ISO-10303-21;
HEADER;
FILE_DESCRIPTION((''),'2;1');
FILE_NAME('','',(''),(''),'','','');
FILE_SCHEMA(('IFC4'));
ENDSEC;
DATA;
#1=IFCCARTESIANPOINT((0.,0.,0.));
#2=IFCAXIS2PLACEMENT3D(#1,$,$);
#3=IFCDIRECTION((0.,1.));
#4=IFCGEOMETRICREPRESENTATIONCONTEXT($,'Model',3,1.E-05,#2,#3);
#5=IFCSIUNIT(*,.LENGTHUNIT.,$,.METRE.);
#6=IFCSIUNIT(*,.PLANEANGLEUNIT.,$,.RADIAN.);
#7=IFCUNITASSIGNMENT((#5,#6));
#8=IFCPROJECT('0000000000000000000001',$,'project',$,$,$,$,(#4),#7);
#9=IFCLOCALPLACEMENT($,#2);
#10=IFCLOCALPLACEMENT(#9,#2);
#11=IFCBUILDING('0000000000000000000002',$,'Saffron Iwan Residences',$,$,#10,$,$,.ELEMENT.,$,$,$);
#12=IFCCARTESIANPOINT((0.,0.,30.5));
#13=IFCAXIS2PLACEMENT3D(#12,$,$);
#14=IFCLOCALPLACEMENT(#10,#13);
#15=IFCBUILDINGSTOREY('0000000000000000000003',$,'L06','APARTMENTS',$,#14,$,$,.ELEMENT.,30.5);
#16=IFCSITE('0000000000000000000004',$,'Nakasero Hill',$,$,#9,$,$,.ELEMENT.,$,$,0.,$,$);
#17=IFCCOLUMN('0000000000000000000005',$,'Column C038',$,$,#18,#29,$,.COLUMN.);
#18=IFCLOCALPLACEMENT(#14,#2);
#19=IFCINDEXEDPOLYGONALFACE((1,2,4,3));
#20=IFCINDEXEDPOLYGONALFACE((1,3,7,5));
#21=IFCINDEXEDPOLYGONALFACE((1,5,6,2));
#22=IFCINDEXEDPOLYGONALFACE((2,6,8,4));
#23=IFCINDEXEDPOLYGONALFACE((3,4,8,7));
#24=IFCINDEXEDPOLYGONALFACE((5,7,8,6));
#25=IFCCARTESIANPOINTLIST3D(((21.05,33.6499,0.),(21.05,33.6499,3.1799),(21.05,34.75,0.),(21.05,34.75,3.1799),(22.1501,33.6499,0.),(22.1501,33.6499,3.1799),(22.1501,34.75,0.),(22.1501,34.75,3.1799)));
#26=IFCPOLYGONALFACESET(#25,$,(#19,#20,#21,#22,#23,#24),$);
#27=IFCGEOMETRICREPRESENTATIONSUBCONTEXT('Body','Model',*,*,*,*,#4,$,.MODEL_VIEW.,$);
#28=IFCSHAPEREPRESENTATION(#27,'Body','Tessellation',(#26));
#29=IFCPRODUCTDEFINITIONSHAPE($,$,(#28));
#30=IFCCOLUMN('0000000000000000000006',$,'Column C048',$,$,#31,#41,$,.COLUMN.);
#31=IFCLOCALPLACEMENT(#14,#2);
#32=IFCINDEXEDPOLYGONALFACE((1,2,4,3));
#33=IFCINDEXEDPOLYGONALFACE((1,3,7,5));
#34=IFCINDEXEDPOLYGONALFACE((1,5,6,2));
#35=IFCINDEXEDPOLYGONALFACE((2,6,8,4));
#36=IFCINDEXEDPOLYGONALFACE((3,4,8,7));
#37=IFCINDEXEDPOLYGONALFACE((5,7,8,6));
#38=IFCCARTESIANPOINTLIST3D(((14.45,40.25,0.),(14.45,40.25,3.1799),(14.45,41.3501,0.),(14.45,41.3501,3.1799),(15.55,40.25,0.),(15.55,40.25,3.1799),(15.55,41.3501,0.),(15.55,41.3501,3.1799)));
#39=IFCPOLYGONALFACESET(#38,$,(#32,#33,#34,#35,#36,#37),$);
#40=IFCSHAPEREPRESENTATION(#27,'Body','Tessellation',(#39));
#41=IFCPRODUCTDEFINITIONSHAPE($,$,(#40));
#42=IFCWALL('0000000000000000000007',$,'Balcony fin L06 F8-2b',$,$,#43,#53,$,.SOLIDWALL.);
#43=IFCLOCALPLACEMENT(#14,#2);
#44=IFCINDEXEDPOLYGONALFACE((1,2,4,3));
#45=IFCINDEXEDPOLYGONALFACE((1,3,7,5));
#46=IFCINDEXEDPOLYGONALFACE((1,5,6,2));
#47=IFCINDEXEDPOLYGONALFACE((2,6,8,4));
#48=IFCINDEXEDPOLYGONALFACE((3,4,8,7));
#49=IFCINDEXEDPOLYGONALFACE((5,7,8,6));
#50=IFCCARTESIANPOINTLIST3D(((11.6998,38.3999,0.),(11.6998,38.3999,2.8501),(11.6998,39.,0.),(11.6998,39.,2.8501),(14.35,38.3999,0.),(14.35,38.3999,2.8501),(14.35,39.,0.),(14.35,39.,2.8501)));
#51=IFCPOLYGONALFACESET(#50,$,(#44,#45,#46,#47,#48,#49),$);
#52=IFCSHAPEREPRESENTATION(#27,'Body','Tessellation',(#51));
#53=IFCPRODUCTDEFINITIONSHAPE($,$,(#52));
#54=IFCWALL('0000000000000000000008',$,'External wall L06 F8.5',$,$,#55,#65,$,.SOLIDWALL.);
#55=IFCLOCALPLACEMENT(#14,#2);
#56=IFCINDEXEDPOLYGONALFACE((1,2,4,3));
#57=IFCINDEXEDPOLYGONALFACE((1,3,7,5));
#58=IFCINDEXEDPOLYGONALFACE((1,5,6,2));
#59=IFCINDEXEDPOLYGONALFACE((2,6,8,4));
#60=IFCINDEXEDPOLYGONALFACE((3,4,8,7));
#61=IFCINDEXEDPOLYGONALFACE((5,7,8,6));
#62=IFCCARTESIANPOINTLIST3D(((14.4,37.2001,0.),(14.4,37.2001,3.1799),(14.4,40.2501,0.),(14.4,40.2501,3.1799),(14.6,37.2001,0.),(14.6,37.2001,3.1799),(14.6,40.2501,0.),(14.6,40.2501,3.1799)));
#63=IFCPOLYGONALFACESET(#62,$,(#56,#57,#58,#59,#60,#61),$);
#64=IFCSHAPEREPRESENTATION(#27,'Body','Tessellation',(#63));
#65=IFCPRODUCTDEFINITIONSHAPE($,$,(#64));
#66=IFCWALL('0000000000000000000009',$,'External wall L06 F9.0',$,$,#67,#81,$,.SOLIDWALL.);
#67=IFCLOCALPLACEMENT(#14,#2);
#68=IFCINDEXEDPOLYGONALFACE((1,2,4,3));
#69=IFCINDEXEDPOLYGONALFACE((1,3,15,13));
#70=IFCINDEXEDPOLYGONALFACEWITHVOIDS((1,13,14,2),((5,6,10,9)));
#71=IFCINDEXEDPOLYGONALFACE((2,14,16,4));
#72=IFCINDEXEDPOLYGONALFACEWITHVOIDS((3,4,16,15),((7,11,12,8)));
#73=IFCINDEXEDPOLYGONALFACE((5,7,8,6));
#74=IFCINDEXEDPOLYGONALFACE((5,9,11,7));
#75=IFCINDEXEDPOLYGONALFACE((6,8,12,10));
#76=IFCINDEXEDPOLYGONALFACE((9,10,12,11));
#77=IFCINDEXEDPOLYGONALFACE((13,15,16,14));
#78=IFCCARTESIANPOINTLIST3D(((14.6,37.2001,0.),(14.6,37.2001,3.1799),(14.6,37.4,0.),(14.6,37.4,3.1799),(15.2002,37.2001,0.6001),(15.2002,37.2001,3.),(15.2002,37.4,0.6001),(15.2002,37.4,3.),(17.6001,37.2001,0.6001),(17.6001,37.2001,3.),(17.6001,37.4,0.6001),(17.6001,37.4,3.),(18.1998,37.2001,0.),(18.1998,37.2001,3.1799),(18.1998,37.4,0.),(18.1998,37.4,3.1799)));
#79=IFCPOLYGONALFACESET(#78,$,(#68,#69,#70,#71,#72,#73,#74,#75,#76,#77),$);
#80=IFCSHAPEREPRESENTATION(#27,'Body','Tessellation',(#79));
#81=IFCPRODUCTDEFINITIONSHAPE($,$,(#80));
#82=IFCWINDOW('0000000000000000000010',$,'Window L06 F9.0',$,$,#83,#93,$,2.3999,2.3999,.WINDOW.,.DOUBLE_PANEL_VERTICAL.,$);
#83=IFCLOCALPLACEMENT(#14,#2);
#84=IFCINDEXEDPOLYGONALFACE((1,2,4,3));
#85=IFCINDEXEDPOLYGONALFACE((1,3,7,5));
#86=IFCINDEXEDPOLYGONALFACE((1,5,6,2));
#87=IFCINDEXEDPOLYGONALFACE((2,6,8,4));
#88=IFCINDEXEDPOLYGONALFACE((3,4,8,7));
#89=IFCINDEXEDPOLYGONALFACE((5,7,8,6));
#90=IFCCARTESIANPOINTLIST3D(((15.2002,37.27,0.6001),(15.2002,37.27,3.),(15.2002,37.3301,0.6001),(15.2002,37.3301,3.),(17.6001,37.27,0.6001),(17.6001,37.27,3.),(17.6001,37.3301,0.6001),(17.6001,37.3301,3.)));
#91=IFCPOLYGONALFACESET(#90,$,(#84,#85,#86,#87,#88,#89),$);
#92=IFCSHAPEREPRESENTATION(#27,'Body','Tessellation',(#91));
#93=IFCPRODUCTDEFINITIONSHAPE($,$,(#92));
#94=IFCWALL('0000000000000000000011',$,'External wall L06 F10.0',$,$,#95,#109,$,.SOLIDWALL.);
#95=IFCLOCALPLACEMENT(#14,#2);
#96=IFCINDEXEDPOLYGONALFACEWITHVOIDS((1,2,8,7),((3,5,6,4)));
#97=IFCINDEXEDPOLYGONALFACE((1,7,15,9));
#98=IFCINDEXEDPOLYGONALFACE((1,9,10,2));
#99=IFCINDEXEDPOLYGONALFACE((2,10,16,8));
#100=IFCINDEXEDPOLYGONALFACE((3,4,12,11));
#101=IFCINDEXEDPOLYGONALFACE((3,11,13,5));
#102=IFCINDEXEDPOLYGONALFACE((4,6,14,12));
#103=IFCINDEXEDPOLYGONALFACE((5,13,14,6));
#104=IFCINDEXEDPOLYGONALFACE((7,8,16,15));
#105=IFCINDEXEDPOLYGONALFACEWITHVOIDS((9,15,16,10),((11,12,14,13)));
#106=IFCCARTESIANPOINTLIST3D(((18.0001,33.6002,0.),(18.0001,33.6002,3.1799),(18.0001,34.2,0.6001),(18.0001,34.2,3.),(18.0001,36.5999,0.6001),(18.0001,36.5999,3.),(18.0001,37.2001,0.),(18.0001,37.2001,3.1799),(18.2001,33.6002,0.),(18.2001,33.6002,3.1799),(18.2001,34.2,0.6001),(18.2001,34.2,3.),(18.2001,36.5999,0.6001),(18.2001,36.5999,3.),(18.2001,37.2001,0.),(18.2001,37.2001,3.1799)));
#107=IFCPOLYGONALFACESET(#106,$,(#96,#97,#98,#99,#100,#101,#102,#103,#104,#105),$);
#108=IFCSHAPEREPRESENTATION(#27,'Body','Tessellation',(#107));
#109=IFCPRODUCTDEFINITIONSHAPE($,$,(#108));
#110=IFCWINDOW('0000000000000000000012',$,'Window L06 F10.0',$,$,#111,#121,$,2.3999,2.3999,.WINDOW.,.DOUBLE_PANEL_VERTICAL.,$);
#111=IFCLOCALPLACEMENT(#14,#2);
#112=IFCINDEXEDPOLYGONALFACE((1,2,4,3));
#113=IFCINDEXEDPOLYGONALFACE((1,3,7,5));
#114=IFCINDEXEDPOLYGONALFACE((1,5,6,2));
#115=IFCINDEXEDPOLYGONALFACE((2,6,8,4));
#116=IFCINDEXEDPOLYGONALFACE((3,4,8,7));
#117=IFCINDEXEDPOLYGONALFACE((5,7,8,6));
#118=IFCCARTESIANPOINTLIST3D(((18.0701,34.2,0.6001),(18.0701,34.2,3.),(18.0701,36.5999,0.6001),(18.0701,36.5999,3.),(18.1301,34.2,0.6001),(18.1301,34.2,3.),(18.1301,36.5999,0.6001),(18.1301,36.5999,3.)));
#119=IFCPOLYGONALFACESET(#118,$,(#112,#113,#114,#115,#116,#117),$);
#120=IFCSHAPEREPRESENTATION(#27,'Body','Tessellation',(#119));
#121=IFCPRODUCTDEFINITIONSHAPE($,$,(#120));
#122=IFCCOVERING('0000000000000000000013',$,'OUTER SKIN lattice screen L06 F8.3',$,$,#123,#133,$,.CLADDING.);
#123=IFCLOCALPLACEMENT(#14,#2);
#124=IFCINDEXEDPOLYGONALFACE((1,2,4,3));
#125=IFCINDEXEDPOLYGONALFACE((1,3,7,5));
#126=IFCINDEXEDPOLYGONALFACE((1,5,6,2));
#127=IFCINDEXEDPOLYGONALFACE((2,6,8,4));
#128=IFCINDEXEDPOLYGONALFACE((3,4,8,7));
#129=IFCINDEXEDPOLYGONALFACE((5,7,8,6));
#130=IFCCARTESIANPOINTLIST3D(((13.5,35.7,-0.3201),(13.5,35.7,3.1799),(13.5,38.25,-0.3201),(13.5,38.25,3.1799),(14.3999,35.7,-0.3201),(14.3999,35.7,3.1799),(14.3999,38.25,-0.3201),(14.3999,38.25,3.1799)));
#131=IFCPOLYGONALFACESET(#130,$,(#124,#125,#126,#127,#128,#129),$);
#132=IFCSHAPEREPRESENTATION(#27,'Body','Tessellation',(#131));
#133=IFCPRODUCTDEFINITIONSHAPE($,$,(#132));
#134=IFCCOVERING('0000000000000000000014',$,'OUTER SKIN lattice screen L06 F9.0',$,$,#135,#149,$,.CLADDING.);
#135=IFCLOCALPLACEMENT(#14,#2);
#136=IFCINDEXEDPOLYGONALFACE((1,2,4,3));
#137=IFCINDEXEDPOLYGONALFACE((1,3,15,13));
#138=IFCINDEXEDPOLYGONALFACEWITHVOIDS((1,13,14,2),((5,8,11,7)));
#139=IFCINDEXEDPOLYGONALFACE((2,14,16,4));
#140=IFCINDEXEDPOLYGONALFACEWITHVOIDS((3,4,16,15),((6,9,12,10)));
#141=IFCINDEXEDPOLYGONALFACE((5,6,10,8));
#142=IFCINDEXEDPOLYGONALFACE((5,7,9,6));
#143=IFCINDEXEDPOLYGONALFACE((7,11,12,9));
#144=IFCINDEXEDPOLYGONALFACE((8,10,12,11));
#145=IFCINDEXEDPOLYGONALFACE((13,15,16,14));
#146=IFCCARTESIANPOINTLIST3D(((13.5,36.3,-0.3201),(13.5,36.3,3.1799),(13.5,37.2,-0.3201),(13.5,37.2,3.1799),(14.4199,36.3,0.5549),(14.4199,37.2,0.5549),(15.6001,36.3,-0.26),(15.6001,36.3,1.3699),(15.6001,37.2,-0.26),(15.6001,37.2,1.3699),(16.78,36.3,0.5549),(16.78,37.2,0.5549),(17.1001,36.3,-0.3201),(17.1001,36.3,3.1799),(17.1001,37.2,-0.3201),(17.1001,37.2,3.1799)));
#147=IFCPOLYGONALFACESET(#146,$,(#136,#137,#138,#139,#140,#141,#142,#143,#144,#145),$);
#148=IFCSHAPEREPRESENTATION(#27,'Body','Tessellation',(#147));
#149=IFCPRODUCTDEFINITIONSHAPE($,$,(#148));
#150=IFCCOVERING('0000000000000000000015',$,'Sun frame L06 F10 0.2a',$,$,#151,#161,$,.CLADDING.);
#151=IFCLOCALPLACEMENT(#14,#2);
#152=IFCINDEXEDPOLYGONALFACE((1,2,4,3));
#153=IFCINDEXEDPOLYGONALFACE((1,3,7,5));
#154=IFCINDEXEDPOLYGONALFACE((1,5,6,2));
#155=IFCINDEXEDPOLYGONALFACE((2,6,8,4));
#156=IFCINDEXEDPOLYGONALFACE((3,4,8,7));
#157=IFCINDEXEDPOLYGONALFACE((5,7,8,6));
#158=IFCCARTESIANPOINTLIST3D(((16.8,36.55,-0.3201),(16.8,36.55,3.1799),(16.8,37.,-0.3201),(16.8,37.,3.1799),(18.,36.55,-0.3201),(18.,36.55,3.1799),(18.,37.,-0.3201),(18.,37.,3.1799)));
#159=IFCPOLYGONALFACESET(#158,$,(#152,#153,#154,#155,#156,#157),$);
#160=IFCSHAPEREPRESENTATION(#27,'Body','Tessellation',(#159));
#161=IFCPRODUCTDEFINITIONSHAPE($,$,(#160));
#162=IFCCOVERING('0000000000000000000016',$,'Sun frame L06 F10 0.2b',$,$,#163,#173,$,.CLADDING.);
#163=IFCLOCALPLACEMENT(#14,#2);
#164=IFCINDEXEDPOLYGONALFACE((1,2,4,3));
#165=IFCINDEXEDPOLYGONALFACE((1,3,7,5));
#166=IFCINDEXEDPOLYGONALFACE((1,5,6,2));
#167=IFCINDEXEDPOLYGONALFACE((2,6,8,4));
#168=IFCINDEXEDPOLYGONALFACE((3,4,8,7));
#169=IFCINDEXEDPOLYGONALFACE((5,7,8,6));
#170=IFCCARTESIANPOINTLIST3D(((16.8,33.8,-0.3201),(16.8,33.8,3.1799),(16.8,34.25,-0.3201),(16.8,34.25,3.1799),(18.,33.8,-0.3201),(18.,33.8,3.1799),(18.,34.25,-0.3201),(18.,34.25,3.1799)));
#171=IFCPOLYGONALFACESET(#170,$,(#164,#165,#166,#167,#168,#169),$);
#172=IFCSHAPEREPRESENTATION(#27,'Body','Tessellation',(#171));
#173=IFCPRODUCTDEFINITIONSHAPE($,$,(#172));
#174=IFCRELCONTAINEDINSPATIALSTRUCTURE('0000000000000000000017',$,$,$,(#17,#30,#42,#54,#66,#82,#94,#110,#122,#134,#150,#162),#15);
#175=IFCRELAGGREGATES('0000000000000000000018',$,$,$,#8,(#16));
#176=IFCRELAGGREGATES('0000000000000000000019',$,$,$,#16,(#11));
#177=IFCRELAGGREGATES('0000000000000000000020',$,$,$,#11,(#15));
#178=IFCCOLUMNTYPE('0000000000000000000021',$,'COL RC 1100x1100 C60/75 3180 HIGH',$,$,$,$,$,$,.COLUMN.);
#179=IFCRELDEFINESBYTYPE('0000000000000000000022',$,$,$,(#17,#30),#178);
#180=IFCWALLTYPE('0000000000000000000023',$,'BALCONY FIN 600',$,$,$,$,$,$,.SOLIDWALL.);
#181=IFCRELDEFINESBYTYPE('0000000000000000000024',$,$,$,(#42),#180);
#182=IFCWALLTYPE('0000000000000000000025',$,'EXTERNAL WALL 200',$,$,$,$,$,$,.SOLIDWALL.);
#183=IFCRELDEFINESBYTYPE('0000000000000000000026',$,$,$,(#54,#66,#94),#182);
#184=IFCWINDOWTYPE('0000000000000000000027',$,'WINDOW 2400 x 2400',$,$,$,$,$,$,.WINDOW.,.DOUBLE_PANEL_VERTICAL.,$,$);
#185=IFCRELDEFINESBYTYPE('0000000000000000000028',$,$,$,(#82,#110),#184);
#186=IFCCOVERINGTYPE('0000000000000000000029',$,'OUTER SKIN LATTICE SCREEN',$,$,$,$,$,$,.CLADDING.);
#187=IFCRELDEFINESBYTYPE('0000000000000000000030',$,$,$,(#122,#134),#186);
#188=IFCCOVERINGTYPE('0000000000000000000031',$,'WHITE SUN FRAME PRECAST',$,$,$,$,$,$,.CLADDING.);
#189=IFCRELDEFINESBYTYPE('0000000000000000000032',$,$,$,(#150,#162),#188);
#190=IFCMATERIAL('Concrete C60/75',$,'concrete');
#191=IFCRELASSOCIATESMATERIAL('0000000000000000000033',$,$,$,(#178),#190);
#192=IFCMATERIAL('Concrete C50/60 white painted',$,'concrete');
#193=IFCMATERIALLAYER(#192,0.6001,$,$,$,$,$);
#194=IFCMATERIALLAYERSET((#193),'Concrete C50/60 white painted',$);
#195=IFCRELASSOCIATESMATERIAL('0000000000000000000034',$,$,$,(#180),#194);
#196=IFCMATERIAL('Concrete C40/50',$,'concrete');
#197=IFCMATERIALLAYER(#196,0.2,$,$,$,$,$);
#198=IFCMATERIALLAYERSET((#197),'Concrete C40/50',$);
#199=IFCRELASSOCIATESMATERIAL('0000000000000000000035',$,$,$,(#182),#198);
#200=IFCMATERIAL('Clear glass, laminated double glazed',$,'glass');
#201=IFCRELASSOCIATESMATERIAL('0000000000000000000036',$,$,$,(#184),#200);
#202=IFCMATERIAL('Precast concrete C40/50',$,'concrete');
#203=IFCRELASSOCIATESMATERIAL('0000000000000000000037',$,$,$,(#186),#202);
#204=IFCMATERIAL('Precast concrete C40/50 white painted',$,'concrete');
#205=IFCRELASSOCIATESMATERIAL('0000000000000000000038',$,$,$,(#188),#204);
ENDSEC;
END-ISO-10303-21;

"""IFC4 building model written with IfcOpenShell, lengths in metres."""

from ifc_helpers import new_model, si_unit, direction, frame, frame_2d, origin, origin_2d, place, context, subcontext, project, spatial, polyline, rectangle, outline, extrude, source, transform, mapped, material, layer, layer_set, material_profile, profile_set, type_object, element, fill, save


model = new_model("IFC4")

# Units and contexts
model_context = context("Model", 3, precision=1e-05, world=origin(), true_north=direction((0.0, 1.0)))
body_context = subcontext(model_context, "Body", "Model", "MODEL_VIEW")
ifc_project = project(units=[si_unit("LENGTHUNIT", "METRE"), si_unit("PLANEANGLEUNIT", "RADIAN")], contexts=[model_context])

# Site, building, storey
site_placement = place(None, origin())
site = spatial("IfcSite", under=ifc_project, at=site_placement, Name="Nakasero Hill", CompositionType="ELEMENT", RefElevation=0.0)
building_placement = place(site_placement, origin())
building = spatial("IfcBuilding", under=site, at=building_placement, Name="Saffron Iwan Residences", CompositionType="ELEMENT")
storey_placement = place(building_placement, frame((0.0, 0.0, 30.5)))
storey = spatial("IfcBuildingStorey", under=building, at=storey_placement, Name="L06", Description="APARTMENTS", CompositionType="ELEMENT", Elevation=30.5)

# Columns
ifc_material_1 = material(Name="Concrete C60/75", Category="concrete")
ifc_material_profile = material_profile(ifc_material_1, rectangle(XDim=1.1001, YDim=1.1001, at=origin_2d()), Name="RC 1100x1100")
ifc_profile_set = profile_set([ifc_material_profile], Name="Concrete C60/75")
column_type = type_object("IfcColumnType", Name="COL RC 1100x1100 C60/75 3180 HIGH", PredefinedType="COLUMN", material=ifc_profile_set)
shared_shape = source(origin(), body_context, "Body", "SweptSolid", [
    extrude(rectangle(XDim=1.1001, YDim=1.1001, at=origin_2d()), origin(), (0.0, 0.0, 1.0), 3.1799),
])
for number, where, z_axis, x_axis, name in (
    (1, (21.6001, 34.2, 0.0), (0.0, 0.0, 1.0), (1.0, 0.0, 0.0), "Column C038"),
    (2, (15.0, 40.8, 0.0), (0.0, 0.0, 1.0), (1.0, 0.0, 0.0), "Column C048"),
):
    element("IfcColumn", number, at=place(storey_placement, frame(where, z_axis=z_axis, x_axis=x_axis)), inside=storey, type_object=column_type, Name=name, PredefinedType="COLUMN", context=body_context, shape_type="MappedRepresentation", body=[
        mapped(shared_shape, transform((0.0, 0.0, 0.0))),
    ])

# Walls
ifc_material_2 = material(Name="Concrete C50/60 white painted", Category="concrete")
ifc_layer_1 = layer(ifc_material_2, 0.6001)
ifc_layer_set_1 = layer_set([ifc_layer_1], Name="Concrete C50/60 white painted")
wall_type_1 = type_object("IfcWallType", Name="BALCONY FIN 600", PredefinedType="SOLIDWALL", material=ifc_layer_set_1)
wall_1_placement = place(storey_placement, frame((14.3501, 38.7, 0.0), z_axis=(0.0, 0.0, 1.0), x_axis=(-1.0, 0.0, 0.0)))
element("IfcWall", 3, at=wall_1_placement, inside=storey, type_object=wall_type_1, Name="Balcony fin L06 F8-2b", PredefinedType="SOLIDWALL", context=body_context, shape_type="SweptSolid", body=[
    extrude(rectangle(XDim=2.6501, YDim=0.6001, at=frame_2d((1.3252, 0.0))), origin(), (0.0, 0.0, 1.0), 2.8501),
])
ifc_material_3 = material(Name="Concrete C40/50", Category="concrete")
ifc_layer_2 = layer(ifc_material_3, 0.2)
ifc_layer_set_2 = layer_set([ifc_layer_2], Name="Concrete C40/50")
wall_type_2 = type_object("IfcWallType", Name="EXTERNAL WALL 200", PredefinedType="SOLIDWALL", material=ifc_layer_set_2)
wall_2_placement = place(storey_placement, frame((14.5, 40.25, 0.0), z_axis=(0.0, 0.0, 1.0), x_axis=(0.0, -1.0, 0.0)))
element("IfcWall", 4, at=wall_2_placement, inside=storey, type_object=wall_type_2, Name="External wall L06 F8.5", PredefinedType="SOLIDWALL", context=body_context, shape_type="SweptSolid", body=[
    extrude(rectangle(XDim=3.05, YDim=0.2, at=frame_2d((1.5249, 0.0))), origin(), (0.0, 0.0, 1.0), 3.1799),
])

# Walls, openings, windows
wall_3_placement = place(storey_placement, frame((14.6001, 37.3, 0.0), z_axis=(0.0, 0.0, 1.0), x_axis=(1.0, 0.0, 0.0)))
wall_3 = element("IfcWall", 5, at=wall_3_placement, inside=storey, type_object=wall_type_2, Name="External wall L06 F9.0", PredefinedType="SOLIDWALL", context=body_context, shape_type="SweptSolid", body=[
    extrude(rectangle(XDim=3.5999, YDim=0.2, at=frame_2d((1.7998, 0.0))), origin(), (0.0, 0.0, 1.0), 3.1799),
])
opening_1_placement = place(wall_3_placement, frame((0.6001, 0.0, 0.6001)))
opening_1 = element("IfcOpeningElement", 6, at=opening_1_placement, cuts=wall_3, PredefinedType="OPENING", context=body_context, shape_type="SweptSolid", body=[
    extrude(rectangle(XDim=2.3999, YDim=2.3999, at=frame_2d((1.2, 1.2))), frame((0.0, 0.1099, 0.0), z_axis=(0.0, -1.0, 0.0), x_axis=(1.0, 0.0, 0.0)), (0.0, 0.0, 1.0), 0.22),
])
ifc_material_4 = material(Name="Clear glass, laminated double glazed", Category="glass")
window_type = type_object("IfcWindowType", Name="WINDOW 2400 x 2400", PartitioningType="DOUBLE_PANEL_VERTICAL", PredefinedType="WINDOW", material=ifc_material_4)
window_1_placement = place(opening_1_placement, origin())
window_1 = element("IfcWindow", 7, at=window_1_placement, inside=storey, type_object=window_type, Name="Window L06 F9.0", OverallHeight=2.3999, OverallWidth=2.3999, PartitioningType="DOUBLE_PANEL_VERTICAL", PredefinedType="WINDOW", context=body_context, shape_type="SweptSolid", body=[
    extrude(rectangle(XDim=2.3999, YDim=2.3999, at=frame_2d((1.2, 1.2))), frame((0.0, 0.03, 0.0), z_axis=(0.0, -1.0, 0.0), x_axis=(1.0, 0.0, 0.0)), (0.0, 0.0, 1.0), 0.0601),
])
fill(opening_1, window_1)
wall_4_placement = place(storey_placement, frame((18.1001, 37.2, 0.0), z_axis=(0.0, 0.0, 1.0), x_axis=(0.0, -1.0, 0.0)))
wall_4 = element("IfcWall", 8, at=wall_4_placement, inside=storey, type_object=wall_type_2, Name="External wall L06 F10.0", PredefinedType="SOLIDWALL", context=body_context, shape_type="SweptSolid", body=[
    extrude(rectangle(XDim=3.5999, YDim=0.2, at=frame_2d((1.7998, 0.0))), origin(), (0.0, 0.0, 1.0), 3.1799),
])
opening_2_placement = place(wall_4_placement, frame((0.6001, 0.0, 0.6001)))
opening_2 = element("IfcOpeningElement", 9, at=opening_2_placement, cuts=wall_4, PredefinedType="OPENING", context=body_context, shape_type="SweptSolid", body=[
    extrude(rectangle(XDim=2.3999, YDim=2.3999, at=frame_2d((1.2, 1.2))), frame((0.0, 0.1099, 0.0), z_axis=(0.0, -1.0, 0.0), x_axis=(1.0, 0.0, 0.0)), (0.0, 0.0, 1.0), 0.22),
])
window_2_placement = place(opening_2_placement, origin())
window_2 = element("IfcWindow", 10, at=window_2_placement, inside=storey, type_object=window_type, Name="Window L06 F10.0", OverallHeight=2.3999, OverallWidth=2.3999, PartitioningType="DOUBLE_PANEL_VERTICAL", PredefinedType="WINDOW", context=body_context, shape_type="SweptSolid", body=[
    extrude(rectangle(XDim=2.3999, YDim=2.3999, at=frame_2d((1.2, 1.2))), frame((0.0, 0.03, 0.0), z_axis=(0.0, -1.0, 0.0), x_axis=(1.0, 0.0, 0.0)), (0.0, 0.0, 1.0), 0.0601),
])
fill(opening_2, window_2)

# Coverings
ifc_material_5 = material(Name="Precast concrete C40/50", Category="concrete")
covering_type_1 = type_object("IfcCoveringType", Name="OUTER SKIN LATTICE SCREEN", PredefinedType="CLADDING", material=ifc_material_5)
covering_1_placement = place(storey_placement, frame((14.3999, 38.25, -0.3201), z_axis=(-1.0, 0.0, 0.0), x_axis=(0.0, -1.0, 0.0)))
element("IfcCovering", 11, at=covering_1_placement, inside=storey, type_object=covering_type_1, Name="OUTER SKIN lattice screen L06 F8.3", PredefinedType="CLADDING", context=body_context, shape_type="SweptSolid", body=[
    extrude(outline(polyline([(0.0, 0.0), (2.55, 0.0), (2.55, 3.5), (0.0, 3.5), (0.0, 0.0)])), origin(), (0.0, 0.0, 1.0), 0.8999),
])
covering_2_placement = place(storey_placement, frame((13.5, 37.2, -0.3201), z_axis=(0.0, -1.0, 0.0), x_axis=(1.0, 0.0, 0.0)))
element("IfcCovering", 12, at=covering_2_placement, inside=storey, type_object=covering_type_1, Name="OUTER SKIN lattice screen L06 F9.0", PredefinedType="CLADDING", context=body_context, shape_type="SweptSolid", body=[
    extrude(outline(polyline([(0.0, 0.0), (3.6001, 0.0), (3.6001, 3.5), (0.0, 3.5), (0.0, 0.0)]), holes=[polyline([(0.9199, 0.875), (2.1001, 0.0601), (3.28, 0.875), (2.1001, 1.6899), (0.9199, 0.875)])]), origin(), (0.0, 0.0, 1.0), 0.8999),
])
ifc_material_6 = material(Name="Precast concrete C40/50 white painted", Category="concrete")
covering_type_2 = type_object("IfcCoveringType", Name="WHITE SUN FRAME PRECAST", PredefinedType="CLADDING", material=ifc_material_6)
for number, where, z_axis, x_axis, name in (
    (13, (18.0, 37.0, -0.3201), (-1.0, 0.0, 0.0), (0.0, -1.0, 0.0), "Sun frame L06 F10 0.2a"),
    (14, (18.0, 34.25, -0.3201), (-1.0, 0.0, 0.0), (0.0, -1.0, 0.0), "Sun frame L06 F10 0.2b"),
):
    element("IfcCovering", number, at=place(storey_placement, frame(where, z_axis=z_axis, x_axis=x_axis)), inside=storey, type_object=covering_type_2, Name=name, PredefinedType="CLADDING", context=body_context, shape_type="SweptSolid", body=[
        extrude(outline(polyline([(0.0, 0.0), (0.45, 0.0), (0.45, 3.5), (0.0, 3.5), (0.0, 0.0)])), origin(), (0.0, 0.0, 1.0), 1.2),
    ])

save(model, "model.ifc")
